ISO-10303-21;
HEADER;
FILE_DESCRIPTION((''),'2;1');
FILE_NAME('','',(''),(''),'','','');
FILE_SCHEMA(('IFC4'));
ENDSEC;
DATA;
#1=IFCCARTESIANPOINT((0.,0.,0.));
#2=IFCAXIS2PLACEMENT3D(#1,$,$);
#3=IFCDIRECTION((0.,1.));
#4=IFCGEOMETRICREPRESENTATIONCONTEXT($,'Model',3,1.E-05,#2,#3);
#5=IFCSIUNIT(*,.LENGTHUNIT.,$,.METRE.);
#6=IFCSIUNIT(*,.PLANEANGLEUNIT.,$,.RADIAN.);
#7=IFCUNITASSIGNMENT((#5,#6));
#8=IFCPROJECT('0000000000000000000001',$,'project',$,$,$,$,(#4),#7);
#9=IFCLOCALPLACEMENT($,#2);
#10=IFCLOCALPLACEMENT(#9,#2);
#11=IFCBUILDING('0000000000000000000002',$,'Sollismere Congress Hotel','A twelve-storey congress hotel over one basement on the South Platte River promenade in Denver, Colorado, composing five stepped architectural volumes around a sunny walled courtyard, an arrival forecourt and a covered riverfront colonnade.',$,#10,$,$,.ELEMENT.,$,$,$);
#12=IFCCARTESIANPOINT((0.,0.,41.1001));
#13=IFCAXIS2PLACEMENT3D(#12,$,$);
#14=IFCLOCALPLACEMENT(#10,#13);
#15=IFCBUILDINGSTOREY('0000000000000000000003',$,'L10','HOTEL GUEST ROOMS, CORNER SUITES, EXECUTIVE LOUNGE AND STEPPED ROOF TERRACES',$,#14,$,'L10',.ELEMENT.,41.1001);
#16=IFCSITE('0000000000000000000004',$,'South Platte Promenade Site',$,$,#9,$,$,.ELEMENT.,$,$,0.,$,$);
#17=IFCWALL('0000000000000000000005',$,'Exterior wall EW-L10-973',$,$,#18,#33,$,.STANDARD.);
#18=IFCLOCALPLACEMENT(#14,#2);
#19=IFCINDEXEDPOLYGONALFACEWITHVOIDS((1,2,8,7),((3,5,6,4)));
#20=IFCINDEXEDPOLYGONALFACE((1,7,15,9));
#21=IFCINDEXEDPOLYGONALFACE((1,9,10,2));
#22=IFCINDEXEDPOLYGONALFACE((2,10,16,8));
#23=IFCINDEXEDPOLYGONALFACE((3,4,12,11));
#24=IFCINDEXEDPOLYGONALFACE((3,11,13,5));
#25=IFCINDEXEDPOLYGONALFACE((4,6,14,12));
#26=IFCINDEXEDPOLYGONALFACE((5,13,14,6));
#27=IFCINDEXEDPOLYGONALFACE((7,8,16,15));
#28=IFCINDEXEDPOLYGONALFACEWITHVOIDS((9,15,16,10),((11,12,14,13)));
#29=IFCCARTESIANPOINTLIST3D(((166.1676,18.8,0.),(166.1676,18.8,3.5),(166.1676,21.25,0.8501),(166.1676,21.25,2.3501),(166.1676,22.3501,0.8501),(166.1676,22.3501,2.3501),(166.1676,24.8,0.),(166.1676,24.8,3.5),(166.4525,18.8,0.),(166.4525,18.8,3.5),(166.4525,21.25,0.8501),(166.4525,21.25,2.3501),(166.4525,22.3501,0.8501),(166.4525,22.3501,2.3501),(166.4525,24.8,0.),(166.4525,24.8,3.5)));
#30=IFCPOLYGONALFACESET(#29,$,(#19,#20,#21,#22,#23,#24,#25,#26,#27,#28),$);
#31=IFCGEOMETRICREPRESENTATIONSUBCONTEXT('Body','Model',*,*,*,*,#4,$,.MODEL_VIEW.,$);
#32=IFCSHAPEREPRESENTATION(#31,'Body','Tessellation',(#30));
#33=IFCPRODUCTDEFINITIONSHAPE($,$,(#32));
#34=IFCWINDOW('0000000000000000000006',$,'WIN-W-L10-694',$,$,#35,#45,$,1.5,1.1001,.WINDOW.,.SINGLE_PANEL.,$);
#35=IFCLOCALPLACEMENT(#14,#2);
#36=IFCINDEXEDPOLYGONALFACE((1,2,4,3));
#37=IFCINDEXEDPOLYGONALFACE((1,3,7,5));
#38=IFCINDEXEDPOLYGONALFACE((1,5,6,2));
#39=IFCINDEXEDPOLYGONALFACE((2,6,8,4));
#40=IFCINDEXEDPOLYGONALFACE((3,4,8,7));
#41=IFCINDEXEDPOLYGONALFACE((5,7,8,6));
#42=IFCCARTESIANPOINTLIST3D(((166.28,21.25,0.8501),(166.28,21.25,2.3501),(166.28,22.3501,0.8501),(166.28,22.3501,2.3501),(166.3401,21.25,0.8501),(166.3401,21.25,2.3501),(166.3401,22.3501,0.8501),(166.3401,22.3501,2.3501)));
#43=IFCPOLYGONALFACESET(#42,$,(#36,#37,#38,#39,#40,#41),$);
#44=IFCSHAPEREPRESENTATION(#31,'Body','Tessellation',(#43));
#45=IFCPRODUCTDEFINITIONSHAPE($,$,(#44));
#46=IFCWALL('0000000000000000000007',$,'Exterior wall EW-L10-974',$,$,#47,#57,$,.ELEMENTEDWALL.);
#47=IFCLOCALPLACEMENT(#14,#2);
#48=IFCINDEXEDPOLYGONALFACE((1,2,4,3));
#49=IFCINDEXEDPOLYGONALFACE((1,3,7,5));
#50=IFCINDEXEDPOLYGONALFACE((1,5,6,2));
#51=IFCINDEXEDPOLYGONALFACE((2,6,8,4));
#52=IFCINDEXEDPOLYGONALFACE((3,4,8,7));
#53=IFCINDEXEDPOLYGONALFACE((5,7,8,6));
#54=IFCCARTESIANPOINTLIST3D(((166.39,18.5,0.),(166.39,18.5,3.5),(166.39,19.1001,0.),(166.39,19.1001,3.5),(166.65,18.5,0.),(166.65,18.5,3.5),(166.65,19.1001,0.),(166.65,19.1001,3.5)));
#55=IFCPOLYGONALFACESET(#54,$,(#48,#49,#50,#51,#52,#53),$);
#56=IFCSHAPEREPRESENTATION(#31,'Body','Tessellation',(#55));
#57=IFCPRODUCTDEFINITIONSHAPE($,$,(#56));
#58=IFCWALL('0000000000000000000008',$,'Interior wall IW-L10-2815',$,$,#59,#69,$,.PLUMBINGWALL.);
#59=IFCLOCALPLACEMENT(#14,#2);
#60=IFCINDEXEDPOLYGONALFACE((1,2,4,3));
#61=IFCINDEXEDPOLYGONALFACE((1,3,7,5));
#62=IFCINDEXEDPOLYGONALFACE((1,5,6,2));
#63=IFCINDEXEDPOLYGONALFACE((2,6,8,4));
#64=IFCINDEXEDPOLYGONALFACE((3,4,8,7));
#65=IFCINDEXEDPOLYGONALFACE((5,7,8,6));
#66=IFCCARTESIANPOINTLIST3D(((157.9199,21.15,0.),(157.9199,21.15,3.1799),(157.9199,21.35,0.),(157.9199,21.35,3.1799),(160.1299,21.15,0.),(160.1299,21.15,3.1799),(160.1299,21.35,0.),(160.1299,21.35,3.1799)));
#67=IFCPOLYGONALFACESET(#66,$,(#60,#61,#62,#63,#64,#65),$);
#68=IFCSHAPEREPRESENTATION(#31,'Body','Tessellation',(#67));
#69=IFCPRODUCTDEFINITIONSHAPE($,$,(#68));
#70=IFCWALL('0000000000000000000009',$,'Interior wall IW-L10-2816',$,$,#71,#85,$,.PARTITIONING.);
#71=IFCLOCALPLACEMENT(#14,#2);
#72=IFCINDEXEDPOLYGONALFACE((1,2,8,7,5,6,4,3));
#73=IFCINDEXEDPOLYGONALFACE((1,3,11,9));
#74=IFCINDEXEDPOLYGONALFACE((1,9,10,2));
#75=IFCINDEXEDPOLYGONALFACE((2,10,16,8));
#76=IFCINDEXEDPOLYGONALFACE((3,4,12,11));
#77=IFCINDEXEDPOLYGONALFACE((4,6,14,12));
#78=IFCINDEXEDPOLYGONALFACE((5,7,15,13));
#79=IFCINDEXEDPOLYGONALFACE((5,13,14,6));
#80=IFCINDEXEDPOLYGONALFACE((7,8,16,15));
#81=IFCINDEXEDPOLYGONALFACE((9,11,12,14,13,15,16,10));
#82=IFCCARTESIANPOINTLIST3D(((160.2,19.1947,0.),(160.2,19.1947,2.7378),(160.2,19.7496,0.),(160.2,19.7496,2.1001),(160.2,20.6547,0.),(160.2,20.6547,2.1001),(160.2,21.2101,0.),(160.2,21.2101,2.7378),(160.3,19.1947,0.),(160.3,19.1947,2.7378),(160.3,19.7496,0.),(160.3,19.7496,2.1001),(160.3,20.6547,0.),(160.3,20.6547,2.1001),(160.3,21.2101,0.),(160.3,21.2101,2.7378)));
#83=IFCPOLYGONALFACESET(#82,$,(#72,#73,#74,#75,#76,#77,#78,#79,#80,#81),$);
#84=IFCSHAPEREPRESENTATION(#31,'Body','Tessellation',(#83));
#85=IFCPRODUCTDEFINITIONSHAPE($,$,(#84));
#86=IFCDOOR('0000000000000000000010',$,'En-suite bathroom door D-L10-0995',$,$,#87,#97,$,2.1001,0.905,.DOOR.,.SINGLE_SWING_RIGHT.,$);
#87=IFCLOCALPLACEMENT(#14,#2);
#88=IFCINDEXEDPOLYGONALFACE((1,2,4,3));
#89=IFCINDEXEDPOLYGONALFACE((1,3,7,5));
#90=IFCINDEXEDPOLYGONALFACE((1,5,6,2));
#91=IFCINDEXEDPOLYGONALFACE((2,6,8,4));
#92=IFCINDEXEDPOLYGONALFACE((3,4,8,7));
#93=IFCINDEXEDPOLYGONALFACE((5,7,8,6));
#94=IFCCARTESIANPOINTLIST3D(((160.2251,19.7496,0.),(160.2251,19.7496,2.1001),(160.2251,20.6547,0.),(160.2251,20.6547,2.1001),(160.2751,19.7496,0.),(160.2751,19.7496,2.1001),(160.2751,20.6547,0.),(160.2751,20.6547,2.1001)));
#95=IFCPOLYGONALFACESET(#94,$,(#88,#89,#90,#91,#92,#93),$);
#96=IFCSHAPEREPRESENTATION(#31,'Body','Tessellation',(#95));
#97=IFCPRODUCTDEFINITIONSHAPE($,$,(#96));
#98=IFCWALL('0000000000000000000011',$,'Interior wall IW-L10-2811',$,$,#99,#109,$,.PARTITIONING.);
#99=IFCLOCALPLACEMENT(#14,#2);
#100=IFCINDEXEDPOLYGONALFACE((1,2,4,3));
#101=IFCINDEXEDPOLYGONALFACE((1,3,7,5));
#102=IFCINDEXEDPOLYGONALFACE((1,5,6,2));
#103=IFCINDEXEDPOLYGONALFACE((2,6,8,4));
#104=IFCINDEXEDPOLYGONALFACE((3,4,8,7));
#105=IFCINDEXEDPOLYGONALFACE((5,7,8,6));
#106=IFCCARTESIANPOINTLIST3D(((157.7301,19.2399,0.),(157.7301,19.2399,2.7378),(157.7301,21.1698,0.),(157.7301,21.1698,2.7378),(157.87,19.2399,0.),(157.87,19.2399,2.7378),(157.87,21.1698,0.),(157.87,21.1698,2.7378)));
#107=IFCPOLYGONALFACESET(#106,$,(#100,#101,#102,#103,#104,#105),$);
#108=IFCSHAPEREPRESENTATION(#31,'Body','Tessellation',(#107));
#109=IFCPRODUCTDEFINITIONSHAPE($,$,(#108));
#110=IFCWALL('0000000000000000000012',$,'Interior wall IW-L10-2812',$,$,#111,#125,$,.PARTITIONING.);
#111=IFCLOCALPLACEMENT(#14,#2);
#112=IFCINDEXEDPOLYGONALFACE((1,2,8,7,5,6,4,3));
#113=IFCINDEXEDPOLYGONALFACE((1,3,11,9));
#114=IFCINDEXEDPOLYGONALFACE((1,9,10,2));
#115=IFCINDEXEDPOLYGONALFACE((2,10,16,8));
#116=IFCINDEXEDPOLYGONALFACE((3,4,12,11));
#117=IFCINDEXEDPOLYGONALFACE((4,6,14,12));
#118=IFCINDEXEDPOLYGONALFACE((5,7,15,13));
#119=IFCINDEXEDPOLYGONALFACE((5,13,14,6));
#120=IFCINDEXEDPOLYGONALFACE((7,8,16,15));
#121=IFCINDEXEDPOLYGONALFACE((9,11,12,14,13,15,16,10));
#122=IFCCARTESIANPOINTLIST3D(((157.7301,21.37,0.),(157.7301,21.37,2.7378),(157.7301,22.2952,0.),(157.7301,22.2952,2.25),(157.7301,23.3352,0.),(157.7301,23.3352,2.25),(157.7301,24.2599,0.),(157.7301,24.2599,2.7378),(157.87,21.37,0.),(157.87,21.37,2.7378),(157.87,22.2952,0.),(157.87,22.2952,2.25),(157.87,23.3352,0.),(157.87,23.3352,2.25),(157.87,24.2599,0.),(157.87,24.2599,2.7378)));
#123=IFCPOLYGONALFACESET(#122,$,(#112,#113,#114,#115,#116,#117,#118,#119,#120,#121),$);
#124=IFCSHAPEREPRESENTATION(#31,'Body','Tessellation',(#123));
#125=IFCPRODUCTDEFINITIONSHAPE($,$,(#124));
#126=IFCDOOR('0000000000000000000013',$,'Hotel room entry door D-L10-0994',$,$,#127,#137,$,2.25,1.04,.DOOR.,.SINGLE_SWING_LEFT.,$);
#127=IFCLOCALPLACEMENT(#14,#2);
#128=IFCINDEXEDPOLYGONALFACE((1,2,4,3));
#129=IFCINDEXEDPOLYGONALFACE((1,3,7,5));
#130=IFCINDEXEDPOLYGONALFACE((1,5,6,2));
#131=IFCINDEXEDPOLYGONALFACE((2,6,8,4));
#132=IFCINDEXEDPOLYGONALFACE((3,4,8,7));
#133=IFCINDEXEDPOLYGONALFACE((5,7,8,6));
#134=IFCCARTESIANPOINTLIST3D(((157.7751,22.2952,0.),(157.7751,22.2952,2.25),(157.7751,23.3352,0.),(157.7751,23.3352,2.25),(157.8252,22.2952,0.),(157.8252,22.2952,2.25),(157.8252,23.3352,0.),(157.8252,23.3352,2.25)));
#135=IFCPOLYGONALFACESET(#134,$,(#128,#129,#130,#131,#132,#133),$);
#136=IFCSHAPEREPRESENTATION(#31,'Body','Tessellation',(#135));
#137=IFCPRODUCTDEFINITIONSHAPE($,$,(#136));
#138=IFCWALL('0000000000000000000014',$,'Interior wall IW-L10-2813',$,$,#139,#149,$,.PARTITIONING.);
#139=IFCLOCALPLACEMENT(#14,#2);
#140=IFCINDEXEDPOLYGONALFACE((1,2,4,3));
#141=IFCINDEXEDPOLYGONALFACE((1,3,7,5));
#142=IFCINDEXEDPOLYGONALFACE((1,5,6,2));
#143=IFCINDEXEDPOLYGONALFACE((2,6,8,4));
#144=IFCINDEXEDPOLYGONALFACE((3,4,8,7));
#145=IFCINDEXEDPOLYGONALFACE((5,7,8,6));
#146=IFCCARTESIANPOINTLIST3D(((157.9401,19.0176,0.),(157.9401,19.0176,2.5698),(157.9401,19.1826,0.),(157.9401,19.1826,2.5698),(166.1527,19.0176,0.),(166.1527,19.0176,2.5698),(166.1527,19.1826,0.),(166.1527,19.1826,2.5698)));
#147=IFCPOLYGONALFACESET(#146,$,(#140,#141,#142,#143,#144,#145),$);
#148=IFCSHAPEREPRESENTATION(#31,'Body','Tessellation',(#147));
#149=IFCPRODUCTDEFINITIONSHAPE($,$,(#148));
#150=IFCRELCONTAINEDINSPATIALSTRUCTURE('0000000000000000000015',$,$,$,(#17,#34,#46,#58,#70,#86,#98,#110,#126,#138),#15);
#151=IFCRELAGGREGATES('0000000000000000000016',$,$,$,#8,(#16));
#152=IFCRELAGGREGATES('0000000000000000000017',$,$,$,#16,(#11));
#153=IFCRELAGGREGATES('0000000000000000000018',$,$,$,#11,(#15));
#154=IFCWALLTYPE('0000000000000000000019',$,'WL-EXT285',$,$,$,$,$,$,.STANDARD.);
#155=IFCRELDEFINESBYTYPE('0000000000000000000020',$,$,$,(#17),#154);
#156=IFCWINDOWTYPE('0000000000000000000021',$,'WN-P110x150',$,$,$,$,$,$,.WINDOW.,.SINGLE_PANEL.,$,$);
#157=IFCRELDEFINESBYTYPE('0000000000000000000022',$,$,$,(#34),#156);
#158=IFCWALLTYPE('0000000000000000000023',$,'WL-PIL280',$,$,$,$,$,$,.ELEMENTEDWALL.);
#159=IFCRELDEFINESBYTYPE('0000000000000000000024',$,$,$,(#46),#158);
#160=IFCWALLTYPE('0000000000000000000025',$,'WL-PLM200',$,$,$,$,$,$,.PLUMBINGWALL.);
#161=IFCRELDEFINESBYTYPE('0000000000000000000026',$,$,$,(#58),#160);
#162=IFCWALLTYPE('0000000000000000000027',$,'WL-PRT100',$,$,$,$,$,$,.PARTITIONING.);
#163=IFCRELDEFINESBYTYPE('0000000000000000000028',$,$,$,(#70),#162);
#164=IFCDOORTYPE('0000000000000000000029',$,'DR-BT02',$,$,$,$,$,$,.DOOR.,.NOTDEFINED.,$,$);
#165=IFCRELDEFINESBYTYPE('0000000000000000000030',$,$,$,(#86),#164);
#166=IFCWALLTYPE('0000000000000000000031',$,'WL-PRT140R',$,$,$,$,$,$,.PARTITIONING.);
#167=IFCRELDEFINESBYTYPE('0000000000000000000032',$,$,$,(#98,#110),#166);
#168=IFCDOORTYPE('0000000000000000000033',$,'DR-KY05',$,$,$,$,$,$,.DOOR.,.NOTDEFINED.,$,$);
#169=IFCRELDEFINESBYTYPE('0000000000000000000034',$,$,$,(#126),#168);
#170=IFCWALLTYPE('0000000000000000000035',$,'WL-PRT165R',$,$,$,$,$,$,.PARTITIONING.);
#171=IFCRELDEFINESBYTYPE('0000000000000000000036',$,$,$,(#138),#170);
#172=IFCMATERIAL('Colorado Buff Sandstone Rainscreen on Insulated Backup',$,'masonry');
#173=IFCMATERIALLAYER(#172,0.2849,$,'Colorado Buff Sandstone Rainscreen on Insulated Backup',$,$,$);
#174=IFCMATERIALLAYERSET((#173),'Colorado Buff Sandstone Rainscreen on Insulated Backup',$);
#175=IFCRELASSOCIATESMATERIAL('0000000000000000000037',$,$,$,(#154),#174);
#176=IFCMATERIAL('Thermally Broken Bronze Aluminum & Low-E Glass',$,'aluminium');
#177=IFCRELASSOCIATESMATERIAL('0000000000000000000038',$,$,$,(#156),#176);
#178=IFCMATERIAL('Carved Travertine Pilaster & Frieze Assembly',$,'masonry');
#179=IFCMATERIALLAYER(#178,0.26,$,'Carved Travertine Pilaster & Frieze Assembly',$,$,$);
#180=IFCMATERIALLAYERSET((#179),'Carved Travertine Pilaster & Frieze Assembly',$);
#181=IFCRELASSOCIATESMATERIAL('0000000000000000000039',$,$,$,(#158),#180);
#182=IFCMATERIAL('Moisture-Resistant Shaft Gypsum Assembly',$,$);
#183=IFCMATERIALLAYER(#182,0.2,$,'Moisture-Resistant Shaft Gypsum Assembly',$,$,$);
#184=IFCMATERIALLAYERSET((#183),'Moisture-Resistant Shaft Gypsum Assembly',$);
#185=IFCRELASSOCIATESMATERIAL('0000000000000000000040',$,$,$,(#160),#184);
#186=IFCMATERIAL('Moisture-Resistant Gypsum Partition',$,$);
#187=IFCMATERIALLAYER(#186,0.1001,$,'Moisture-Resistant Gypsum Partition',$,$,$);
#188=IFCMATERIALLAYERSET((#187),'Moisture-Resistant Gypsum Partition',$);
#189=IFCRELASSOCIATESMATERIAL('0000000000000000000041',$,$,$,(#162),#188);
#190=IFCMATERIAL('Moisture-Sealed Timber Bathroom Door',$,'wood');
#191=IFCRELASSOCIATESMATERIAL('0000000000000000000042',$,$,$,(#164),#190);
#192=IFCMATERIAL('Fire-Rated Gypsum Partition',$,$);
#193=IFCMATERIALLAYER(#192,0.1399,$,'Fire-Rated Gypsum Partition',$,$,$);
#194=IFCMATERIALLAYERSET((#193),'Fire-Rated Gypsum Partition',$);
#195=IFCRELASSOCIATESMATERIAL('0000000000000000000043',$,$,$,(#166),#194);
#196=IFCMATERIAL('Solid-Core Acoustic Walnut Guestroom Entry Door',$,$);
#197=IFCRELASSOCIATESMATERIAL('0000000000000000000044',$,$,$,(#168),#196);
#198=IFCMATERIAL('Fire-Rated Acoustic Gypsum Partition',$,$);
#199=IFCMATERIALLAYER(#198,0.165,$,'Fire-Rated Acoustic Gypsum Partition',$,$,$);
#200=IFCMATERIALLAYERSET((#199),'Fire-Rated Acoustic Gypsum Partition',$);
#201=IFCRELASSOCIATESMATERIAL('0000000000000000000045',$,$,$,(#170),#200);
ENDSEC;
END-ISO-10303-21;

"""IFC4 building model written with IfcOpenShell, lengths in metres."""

from ifc_helpers import new_model, si_unit, direction, frame, frame_2d, origin, place, context, subcontext, project, spatial, rectangle, extrude, material, layer, layer_set, type_object, element, fill, save


model = new_model("IFC4")

# Units and contexts
model_context = context("Model", 3, precision=1e-05, world=origin(), true_north=direction((0.0, 1.0)))
body_context = subcontext(model_context, "Body", "Model", "MODEL_VIEW")
ifc_project = project(units=[si_unit("LENGTHUNIT", "METRE"), si_unit("PLANEANGLEUNIT", "RADIAN")], contexts=[model_context])

# Site, building, storey
site_placement = place(None, origin())
site = spatial("IfcSite", under=ifc_project, at=site_placement, Name="South Platte Promenade Site", CompositionType="ELEMENT", RefElevation=0.0)
building_placement = place(site_placement, origin())
building = spatial("IfcBuilding", under=site, at=building_placement, Name="Sollismere Congress Hotel", Description="A twelve-storey congress hotel over one basement on the South Platte River promenade in Denver, Colorado, composing five stepped architectural volumes around a sunny walled courtyard, an arrival forecourt and a covered riverfront colonnade.", CompositionType="ELEMENT")
storey_placement = place(building_placement, frame((0.0, 0.0, 41.1001)))
storey = spatial("IfcBuildingStorey", under=building, at=storey_placement, Name="L10", Description="HOTEL GUEST ROOMS, CORNER SUITES, EXECUTIVE LOUNGE AND STEPPED ROOF TERRACES", LongName="L10", CompositionType="ELEMENT", Elevation=41.1001)

# Shared definitions
ifc_material_1 = material(Name="Colorado Buff Sandstone Rainscreen on Insulated Backup", Category="masonry")
ifc_layer_1 = layer(ifc_material_1, 0.2849, Name="Colorado Buff Sandstone Rainscreen on Insulated Backup")
ifc_layer_set_1 = layer_set([ifc_layer_1], Name="Colorado Buff Sandstone Rainscreen on Insulated Backup")
wall_type_1 = type_object("IfcWallType", Name="WL-EXT285", PredefinedType="STANDARD", material=ifc_layer_set_1)
ifc_material_2 = material(Name="Thermally Broken Bronze Aluminum & Low-E Glass", Category="aluminium")

# Wall, opening, window
wall_1_placement = place(storey_placement, frame((166.3101, 18.8, 0.0), z_axis=(0.0, 0.0, 1.0), x_axis=(0.0, 1.0, 0.0)))
wall_1 = element("IfcWall", 1, at=wall_1_placement, inside=storey, type_object=wall_type_1, Name="Exterior wall EW-L10-973", PredefinedType="STANDARD", context=body_context, shape_type="SweptSolid", body=[
    extrude(rectangle(XDim=6.0, YDim=0.2849, at=frame_2d((3.0, 0.0))), origin(), (0.0, 0.0, 1.0), 3.5),
])
opening_1_placement = place(wall_1_placement, frame((2.45, 0.0, 0.8501)))
opening_1 = element("IfcOpeningElement", 2, at=opening_1_placement, cuts=wall_1, PredefinedType="OPENING", context=body_context, shape_type="SweptSolid", body=[
    extrude(rectangle(XDim=1.1001, YDim=1.5, at=frame_2d((0.55, 0.75))), frame((0.0, 0.1523, 0.0), z_axis=(0.0, -1.0, 0.0), x_axis=(1.0, 0.0, 0.0)), (0.0, 0.0, 1.0), 0.3049),
])
window_type_1 = type_object("IfcWindowType", Name="WN-P110x150", PartitioningType="SINGLE_PANEL", PredefinedType="WINDOW", material=ifc_material_2)
window_1_placement = place(opening_1_placement, origin())
window_1 = element("IfcWindow", 3, at=window_1_placement, inside=storey, type_object=window_type_1, Name="WIN-W-L10-694", OverallHeight=1.5, OverallWidth=1.1001, PartitioningType="SINGLE_PANEL", PredefinedType="WINDOW", context=body_context, shape_type="SweptSolid", body=[
    extrude(rectangle(XDim=1.1001, YDim=1.5, at=frame_2d((0.55, 0.75))), frame((0.0, 0.03, 0.0), z_axis=(0.0, -1.0, 0.0), x_axis=(1.0, 0.0, 0.0)), (0.0, 0.0, 1.0), 0.0601),
])
fill(opening_1, window_1)

# Walls
ifc_material_3 = material(Name="Carved Travertine Pilaster & Frieze Assembly", Category="masonry")
ifc_layer_2 = layer(ifc_material_3, 0.26, Name="Carved Travertine Pilaster & Frieze Assembly")
ifc_layer_set_2 = layer_set([ifc_layer_2], Name="Carved Travertine Pilaster & Frieze Assembly")
wall_type_2 = type_object("IfcWallType", Name="WL-PIL280", PredefinedType="ELEMENTEDWALL", material=ifc_layer_set_2)
wall_2_placement = place(storey_placement, frame((166.52, 18.5, 0.0), z_axis=(0.0, 0.0, 1.0), x_axis=(0.0, 1.0, 0.0)))
element("IfcWall", 4, at=wall_2_placement, inside=storey, type_object=wall_type_2, Name="Exterior wall EW-L10-974", PredefinedType="ELEMENTEDWALL", context=body_context, shape_type="SweptSolid", body=[
    extrude(rectangle(XDim=0.6001, YDim=0.26, at=frame_2d((0.3, 0.0))), origin(), (0.0, 0.0, 1.0), 3.5),
])
ifc_material_4 = material(Name="Moisture-Resistant Shaft Gypsum Assembly")
ifc_layer_3 = layer(ifc_material_4, 0.2, Name="Moisture-Resistant Shaft Gypsum Assembly")
ifc_layer_set_3 = layer_set([ifc_layer_3], Name="Moisture-Resistant Shaft Gypsum Assembly")
wall_type_3 = type_object("IfcWallType", Name="WL-PLM200", PredefinedType="PLUMBINGWALL", material=ifc_layer_set_3)
wall_3_placement = place(storey_placement, frame((157.9199, 21.25, 0.0), z_axis=(0.0, 0.0, 1.0), x_axis=(1.0, 0.0, 0.0)))
element("IfcWall", 5, at=wall_3_placement, inside=storey, type_object=wall_type_3, Name="Interior wall IW-L10-2815", PredefinedType="PLUMBINGWALL", context=body_context, shape_type="SweptSolid", body=[
    extrude(rectangle(XDim=2.21, YDim=0.2, at=frame_2d((1.105, 0.0))), origin(), (0.0, 0.0, 1.0), 3.1799),
])

# Wall, opening, door
ifc_material_5 = material(Name="Moisture-Resistant Gypsum Partition")
ifc_layer_4 = layer(ifc_material_5, 0.1001, Name="Moisture-Resistant Gypsum Partition")
ifc_layer_set_4 = layer_set([ifc_layer_4], Name="Moisture-Resistant Gypsum Partition")
wall_type_4 = type_object("IfcWallType", Name="WL-PRT100", PredefinedType="PARTITIONING", material=ifc_layer_set_4)
wall_4_placement = place(storey_placement, frame((160.25, 19.1946, 0.0), z_axis=(0.0, 0.0, 1.0), x_axis=(0.0, 1.0, 0.0)))
wall_4 = element("IfcWall", 6, at=wall_4_placement, inside=storey, type_object=wall_type_4, Name="Interior wall IW-L10-2816", PredefinedType="PARTITIONING", context=body_context, shape_type="SweptSolid", body=[
    extrude(rectangle(XDim=2.0154, YDim=0.1001, at=frame_2d((1.0078, 0.0))), origin(), (0.0, 0.0, 1.0), 2.7378),
])
opening_2_placement = place(wall_4_placement, frame((0.5549, 0.0, 0.0)))
opening_2 = element("IfcOpeningElement", 7, at=opening_2_placement, cuts=wall_4, PredefinedType="OPENING", context=body_context, shape_type="SweptSolid", body=[
    extrude(rectangle(XDim=0.905, YDim=2.1001, at=frame_2d((0.4526, 1.05))), frame((0.0, 0.0601, 0.0), z_axis=(0.0, -1.0, 0.0), x_axis=(1.0, 0.0, 0.0)), (0.0, 0.0, 1.0), 0.1201),
])
ifc_material_6 = material(Name="Moisture-Sealed Timber Bathroom Door", Category="wood")
door_type_1 = type_object("IfcDoorType", Name="DR-BT02", OperationType="NOTDEFINED", PredefinedType="DOOR", material=ifc_material_6)
door_1_placement = place(opening_2_placement, origin())
door_1 = element("IfcDoor", 8, at=door_1_placement, inside=storey, type_object=door_type_1, Name="En-suite bathroom door D-L10-0995", OperationType="SINGLE_SWING_RIGHT", OverallHeight=2.1001, OverallWidth=0.905, PredefinedType="DOOR", context=body_context, shape_type="SweptSolid", body=[
    extrude(rectangle(XDim=0.905, YDim=2.1001, at=frame_2d((0.4526, 1.05))), frame((0.0, 0.0249, 0.0), z_axis=(0.0, -1.0, 0.0), x_axis=(1.0, 0.0, 0.0)), (0.0, 0.0, 1.0), 0.05),
])
fill(opening_2, door_1)

# Wall
ifc_material_7 = material(Name="Fire-Rated Gypsum Partition")
ifc_layer_5 = layer(ifc_material_7, 0.1399, Name="Fire-Rated Gypsum Partition")
ifc_layer_set_5 = layer_set([ifc_layer_5], Name="Fire-Rated Gypsum Partition")
wall_type_5 = type_object("IfcWallType", Name="WL-PRT140R", PredefinedType="PARTITIONING", material=ifc_layer_set_5)
wall_5_placement = place(storey_placement, frame((157.8, 19.24, 0.0), z_axis=(0.0, 0.0, 1.0), x_axis=(0.0, 1.0, 0.0)))
element("IfcWall", 9, at=wall_5_placement, inside=storey, type_object=wall_type_5, Name="Interior wall IW-L10-2811", PredefinedType="PARTITIONING", context=body_context, shape_type="SweptSolid", body=[
    extrude(rectangle(XDim=1.9299, YDim=0.1399, at=frame_2d((0.9648, 0.0))), origin(), (0.0, 0.0, 1.0), 2.7378),
])

# Wall, opening, door
wall_6_placement = place(storey_placement, frame((157.8, 21.3701, 0.0), z_axis=(0.0, 0.0, 1.0), x_axis=(0.0, 1.0, 0.0)))
wall_6 = element("IfcWall", 10, at=wall_6_placement, inside=storey, type_object=wall_type_5, Name="Interior wall IW-L10-2812", PredefinedType="PARTITIONING", context=body_context, shape_type="SweptSolid", body=[
    extrude(rectangle(XDim=2.8899, YDim=0.1399, at=frame_2d((1.4448, 0.0))), origin(), (0.0, 0.0, 1.0), 2.7378),
])
opening_3_placement = place(wall_6_placement, frame((0.925, 0.0, 0.0)))
opening_3 = element("IfcOpeningElement", 11, at=opening_3_placement, cuts=wall_6, PredefinedType="OPENING", context=body_context, shape_type="SweptSolid", body=[
    extrude(rectangle(XDim=1.04, YDim=2.25, at=frame_2d((0.52, 1.125))), frame((0.0, 0.0798, 0.0), z_axis=(0.0, -1.0, 0.0), x_axis=(1.0, 0.0, 0.0)), (0.0, 0.0, 1.0), 0.1599),
])
ifc_material_8 = material(Name="Solid-Core Acoustic Walnut Guestroom Entry Door")
door_type_2 = type_object("IfcDoorType", Name="DR-KY05", OperationType="NOTDEFINED", PredefinedType="DOOR", material=ifc_material_8)
door_2_placement = place(opening_3_placement, origin())
door_2 = element("IfcDoor", 12, at=door_2_placement, inside=storey, type_object=door_type_2, Name="Hotel room entry door D-L10-0994", OperationType="SINGLE_SWING_LEFT", OverallHeight=2.25, OverallWidth=1.04, PredefinedType="DOOR", context=body_context, shape_type="SweptSolid", body=[
    extrude(rectangle(XDim=1.04, YDim=2.25, at=frame_2d((0.52, 1.125))), frame((0.0, 0.0249, 0.0), z_axis=(0.0, -1.0, 0.0), x_axis=(1.0, 0.0, 0.0)), (0.0, 0.0, 1.0), 0.05),
])
fill(opening_3, door_2)

# Wall
ifc_material_9 = material(Name="Fire-Rated Acoustic Gypsum Partition")
ifc_layer_6 = layer(ifc_material_9, 0.165, Name="Fire-Rated Acoustic Gypsum Partition")
ifc_layer_set_6 = layer_set([ifc_layer_6], Name="Fire-Rated Acoustic Gypsum Partition")
wall_type_6 = type_object("IfcWallType", Name="WL-PRT165R", PredefinedType="PARTITIONING", material=ifc_layer_set_6)
wall_7_placement = place(storey_placement, frame((157.9399, 19.1001, 0.0), z_axis=(0.0, 0.0, 1.0), x_axis=(1.0, 0.0, 0.0)))
element("IfcWall", 13, at=wall_7_placement, inside=storey, type_object=wall_type_6, Name="Interior wall IW-L10-2813", PredefinedType="PARTITIONING", context=body_context, shape_type="SweptSolid", body=[
    extrude(rectangle(XDim=8.2126, YDim=0.165, at=frame_2d((4.1064, 0.0))), origin(), (0.0, 0.0, 1.0), 2.5698),
])

save(model, "model.ifc")
